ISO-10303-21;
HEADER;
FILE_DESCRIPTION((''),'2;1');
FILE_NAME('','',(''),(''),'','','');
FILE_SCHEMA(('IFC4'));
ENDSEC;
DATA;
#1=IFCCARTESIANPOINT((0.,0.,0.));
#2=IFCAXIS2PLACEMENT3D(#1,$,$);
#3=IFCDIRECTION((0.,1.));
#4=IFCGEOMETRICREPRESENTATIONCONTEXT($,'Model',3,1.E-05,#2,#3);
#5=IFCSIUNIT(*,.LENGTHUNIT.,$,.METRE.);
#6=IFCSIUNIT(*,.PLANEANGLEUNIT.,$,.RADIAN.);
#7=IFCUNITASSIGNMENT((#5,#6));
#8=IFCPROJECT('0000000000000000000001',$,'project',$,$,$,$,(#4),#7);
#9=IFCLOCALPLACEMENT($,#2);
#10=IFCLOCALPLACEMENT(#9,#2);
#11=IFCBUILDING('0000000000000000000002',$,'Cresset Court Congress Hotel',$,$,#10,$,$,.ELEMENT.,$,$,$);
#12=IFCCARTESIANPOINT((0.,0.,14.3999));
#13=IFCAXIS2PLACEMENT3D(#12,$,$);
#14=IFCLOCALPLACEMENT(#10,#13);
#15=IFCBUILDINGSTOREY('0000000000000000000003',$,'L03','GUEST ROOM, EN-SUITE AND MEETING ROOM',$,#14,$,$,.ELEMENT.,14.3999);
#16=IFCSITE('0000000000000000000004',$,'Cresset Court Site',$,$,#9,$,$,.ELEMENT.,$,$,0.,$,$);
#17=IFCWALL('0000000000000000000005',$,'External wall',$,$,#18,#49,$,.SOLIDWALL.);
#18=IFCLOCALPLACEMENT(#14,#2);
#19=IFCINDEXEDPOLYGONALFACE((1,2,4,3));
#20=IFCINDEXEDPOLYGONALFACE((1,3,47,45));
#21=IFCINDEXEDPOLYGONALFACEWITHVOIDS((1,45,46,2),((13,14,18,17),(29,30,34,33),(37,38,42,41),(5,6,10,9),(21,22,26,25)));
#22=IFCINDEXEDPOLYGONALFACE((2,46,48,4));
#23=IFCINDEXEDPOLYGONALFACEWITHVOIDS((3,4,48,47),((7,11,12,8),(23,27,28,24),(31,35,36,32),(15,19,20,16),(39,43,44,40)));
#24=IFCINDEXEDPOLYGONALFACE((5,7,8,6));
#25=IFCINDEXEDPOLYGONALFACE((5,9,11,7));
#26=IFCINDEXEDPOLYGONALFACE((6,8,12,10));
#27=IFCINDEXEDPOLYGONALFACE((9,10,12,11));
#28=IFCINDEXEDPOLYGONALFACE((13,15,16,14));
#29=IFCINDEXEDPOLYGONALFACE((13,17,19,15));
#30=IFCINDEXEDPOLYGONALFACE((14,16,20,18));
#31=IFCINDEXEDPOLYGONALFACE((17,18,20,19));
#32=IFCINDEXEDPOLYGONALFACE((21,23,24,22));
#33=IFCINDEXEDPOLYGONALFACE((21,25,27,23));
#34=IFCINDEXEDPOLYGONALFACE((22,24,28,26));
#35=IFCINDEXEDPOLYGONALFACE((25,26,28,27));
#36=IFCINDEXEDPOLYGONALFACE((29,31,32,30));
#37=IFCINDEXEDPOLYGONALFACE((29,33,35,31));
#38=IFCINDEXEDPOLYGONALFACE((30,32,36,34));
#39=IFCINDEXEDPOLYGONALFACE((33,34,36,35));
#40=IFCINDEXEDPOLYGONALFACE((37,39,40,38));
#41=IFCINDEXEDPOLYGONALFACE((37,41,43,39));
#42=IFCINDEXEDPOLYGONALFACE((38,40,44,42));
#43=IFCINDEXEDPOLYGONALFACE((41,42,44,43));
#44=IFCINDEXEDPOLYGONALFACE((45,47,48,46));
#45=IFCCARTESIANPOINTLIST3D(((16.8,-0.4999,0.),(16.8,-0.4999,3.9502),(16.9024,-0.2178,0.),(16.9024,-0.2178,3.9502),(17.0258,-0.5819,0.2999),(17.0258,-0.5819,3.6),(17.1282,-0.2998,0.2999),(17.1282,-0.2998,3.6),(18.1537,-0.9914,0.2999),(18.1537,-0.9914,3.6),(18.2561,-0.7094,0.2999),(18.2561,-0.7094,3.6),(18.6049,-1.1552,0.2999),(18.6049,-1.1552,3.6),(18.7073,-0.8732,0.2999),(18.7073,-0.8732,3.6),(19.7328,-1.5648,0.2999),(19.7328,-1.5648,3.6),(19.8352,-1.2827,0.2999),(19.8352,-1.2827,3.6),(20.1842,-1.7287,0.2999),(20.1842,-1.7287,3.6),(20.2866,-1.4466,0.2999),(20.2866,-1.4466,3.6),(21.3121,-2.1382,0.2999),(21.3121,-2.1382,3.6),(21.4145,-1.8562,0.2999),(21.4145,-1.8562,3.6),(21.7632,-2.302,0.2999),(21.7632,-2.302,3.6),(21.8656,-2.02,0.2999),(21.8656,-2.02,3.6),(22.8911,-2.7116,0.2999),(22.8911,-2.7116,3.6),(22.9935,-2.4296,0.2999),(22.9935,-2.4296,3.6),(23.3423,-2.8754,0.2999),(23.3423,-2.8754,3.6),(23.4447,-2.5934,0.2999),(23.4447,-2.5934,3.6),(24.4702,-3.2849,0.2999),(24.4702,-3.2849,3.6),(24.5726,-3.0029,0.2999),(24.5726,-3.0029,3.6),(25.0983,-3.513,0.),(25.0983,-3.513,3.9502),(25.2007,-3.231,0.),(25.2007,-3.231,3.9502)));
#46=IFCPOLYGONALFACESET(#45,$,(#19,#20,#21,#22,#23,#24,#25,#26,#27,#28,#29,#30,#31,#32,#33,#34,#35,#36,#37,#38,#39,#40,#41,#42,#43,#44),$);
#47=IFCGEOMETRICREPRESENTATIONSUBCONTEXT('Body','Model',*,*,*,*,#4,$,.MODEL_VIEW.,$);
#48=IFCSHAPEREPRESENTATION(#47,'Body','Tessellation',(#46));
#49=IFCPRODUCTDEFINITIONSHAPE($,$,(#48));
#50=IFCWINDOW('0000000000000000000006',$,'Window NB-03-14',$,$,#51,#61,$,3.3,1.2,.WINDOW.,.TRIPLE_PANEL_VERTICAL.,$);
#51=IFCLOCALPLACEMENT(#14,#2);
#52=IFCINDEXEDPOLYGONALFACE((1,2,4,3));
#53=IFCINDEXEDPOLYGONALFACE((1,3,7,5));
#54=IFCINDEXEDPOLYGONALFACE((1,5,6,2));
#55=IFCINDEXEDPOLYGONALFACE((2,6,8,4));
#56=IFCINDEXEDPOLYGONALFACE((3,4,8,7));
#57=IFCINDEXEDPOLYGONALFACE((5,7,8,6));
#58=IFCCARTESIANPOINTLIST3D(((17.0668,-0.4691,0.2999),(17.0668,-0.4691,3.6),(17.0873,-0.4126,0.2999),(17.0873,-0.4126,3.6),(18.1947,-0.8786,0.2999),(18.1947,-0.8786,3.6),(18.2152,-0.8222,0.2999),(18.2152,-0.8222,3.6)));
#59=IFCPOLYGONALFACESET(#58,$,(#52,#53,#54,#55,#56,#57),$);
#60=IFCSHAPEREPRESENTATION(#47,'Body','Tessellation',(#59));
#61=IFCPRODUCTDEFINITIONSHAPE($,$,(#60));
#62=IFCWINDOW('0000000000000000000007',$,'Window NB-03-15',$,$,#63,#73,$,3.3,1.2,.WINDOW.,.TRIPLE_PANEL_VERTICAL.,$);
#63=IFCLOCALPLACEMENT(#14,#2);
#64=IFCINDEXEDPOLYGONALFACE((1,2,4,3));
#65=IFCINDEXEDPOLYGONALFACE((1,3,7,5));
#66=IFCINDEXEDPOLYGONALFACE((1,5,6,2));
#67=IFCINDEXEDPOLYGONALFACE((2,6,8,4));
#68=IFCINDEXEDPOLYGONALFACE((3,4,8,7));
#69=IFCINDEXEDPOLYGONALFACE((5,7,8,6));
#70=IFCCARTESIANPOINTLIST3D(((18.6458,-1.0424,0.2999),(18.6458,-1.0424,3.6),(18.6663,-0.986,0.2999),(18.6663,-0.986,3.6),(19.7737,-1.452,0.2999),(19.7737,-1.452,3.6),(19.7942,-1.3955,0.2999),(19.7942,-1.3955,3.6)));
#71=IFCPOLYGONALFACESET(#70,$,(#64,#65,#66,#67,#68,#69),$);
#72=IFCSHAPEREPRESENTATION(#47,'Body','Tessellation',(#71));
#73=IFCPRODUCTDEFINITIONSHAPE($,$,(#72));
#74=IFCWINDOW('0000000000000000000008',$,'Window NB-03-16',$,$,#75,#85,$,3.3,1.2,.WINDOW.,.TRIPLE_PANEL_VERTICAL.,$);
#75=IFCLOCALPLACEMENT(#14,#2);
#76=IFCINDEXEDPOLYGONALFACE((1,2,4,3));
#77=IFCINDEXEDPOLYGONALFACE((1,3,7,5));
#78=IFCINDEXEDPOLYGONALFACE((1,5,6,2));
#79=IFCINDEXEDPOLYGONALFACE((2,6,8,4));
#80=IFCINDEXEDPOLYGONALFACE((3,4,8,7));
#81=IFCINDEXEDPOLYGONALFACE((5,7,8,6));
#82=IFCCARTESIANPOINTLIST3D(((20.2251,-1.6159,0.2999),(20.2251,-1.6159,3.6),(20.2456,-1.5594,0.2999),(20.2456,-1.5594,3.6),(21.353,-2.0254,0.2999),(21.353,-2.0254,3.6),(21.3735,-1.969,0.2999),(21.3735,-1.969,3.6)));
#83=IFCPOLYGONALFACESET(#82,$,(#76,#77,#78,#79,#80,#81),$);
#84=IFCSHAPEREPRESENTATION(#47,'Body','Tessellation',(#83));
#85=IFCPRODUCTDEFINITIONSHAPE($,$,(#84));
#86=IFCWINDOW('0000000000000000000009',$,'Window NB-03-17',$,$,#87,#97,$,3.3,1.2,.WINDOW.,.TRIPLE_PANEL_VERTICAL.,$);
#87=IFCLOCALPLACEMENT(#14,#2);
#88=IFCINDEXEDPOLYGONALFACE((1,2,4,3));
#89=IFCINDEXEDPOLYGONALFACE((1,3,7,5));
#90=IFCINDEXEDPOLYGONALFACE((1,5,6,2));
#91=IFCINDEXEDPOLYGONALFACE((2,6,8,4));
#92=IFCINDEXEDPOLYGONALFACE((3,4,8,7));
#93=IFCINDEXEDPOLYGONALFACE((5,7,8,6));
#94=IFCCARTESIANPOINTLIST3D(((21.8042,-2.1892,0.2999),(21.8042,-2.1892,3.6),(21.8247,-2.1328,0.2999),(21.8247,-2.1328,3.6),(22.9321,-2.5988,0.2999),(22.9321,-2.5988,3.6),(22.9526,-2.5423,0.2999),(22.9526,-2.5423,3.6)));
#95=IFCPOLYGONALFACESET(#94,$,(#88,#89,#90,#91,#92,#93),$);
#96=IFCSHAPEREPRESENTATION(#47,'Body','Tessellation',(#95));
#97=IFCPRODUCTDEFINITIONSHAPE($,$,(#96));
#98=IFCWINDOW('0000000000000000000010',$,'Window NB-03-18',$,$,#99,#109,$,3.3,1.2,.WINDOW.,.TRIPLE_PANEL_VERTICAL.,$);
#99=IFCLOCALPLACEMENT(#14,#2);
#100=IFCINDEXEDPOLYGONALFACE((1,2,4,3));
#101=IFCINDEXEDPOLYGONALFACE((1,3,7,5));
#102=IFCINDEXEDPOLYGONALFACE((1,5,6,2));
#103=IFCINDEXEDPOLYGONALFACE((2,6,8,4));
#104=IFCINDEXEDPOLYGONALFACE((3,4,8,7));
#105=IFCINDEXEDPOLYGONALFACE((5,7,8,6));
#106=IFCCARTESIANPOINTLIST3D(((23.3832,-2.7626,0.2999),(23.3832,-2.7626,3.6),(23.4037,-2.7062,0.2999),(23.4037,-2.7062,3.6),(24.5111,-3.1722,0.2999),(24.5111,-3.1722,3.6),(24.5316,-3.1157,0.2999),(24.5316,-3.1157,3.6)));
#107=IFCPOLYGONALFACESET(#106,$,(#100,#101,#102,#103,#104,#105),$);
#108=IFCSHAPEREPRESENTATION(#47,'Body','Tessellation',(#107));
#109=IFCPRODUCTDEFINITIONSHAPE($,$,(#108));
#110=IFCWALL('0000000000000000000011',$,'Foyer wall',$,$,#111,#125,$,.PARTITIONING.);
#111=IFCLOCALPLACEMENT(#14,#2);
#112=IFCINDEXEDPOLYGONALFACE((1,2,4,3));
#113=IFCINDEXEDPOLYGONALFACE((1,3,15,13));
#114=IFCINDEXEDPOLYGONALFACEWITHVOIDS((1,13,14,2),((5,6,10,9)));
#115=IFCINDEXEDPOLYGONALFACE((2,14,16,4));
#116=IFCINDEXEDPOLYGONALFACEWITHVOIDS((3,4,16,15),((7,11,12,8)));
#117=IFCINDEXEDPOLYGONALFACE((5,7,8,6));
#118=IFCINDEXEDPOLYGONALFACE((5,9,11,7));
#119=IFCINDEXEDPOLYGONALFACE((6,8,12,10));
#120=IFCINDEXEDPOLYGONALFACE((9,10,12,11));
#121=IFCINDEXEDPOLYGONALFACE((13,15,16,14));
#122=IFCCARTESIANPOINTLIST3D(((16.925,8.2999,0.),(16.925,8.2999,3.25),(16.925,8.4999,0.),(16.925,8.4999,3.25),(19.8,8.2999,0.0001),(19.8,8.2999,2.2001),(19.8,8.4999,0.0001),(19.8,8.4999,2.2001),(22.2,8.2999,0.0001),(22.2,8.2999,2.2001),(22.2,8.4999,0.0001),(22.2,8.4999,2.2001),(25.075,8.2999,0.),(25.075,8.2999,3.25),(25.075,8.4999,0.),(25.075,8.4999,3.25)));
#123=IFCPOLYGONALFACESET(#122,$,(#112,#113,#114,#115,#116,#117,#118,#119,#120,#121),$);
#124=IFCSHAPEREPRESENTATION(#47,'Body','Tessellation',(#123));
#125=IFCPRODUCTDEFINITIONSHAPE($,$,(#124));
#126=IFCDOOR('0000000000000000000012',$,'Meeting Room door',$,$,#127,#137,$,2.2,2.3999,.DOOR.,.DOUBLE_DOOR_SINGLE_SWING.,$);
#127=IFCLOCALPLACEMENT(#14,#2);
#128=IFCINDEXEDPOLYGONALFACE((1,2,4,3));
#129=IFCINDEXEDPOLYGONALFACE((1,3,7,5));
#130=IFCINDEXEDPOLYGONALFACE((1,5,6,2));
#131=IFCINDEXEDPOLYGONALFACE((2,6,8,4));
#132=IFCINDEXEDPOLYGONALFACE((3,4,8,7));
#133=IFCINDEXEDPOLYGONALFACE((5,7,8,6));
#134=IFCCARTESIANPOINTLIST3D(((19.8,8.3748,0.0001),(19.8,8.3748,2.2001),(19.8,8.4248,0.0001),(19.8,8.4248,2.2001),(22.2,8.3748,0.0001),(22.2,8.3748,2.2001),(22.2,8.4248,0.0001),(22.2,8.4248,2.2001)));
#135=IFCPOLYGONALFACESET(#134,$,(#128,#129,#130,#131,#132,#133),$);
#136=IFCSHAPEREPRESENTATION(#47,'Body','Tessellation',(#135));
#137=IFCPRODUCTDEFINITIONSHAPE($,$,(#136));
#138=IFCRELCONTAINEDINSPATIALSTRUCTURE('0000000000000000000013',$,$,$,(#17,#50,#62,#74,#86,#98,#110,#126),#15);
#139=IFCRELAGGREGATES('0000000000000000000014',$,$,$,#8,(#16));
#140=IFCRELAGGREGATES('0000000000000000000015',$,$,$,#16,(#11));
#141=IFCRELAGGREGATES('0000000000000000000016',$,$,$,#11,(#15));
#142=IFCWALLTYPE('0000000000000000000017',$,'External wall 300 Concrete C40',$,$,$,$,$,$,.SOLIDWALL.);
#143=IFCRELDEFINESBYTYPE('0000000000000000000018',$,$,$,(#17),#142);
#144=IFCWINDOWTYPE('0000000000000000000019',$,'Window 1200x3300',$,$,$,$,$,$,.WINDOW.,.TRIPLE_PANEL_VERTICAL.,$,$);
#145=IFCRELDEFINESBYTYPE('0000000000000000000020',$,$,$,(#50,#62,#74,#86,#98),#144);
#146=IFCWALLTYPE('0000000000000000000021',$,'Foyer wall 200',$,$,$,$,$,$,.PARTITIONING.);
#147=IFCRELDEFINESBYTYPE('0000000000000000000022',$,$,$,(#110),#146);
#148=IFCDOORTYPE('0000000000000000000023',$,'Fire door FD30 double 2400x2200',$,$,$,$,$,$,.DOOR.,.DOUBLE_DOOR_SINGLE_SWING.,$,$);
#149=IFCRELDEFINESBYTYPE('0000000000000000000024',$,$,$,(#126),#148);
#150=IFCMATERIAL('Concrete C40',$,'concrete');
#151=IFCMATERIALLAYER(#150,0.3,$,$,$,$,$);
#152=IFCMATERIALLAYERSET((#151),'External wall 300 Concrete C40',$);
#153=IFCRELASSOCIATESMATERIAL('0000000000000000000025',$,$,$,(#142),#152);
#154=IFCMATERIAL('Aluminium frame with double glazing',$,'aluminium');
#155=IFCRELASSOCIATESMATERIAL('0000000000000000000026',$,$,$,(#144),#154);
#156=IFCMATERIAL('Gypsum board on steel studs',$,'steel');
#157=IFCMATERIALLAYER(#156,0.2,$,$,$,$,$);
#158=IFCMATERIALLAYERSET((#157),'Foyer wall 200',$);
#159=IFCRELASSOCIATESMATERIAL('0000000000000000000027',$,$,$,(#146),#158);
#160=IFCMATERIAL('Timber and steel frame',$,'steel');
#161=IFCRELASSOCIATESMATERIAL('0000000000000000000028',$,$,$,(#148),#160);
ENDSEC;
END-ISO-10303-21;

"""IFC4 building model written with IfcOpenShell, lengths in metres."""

from ifc_helpers import new_model, si_unit, direction, frame, frame_2d, origin, place, context, subcontext, project, spatial, rectangle, extrude, material, layer, layer_set, type_object, element, fill, save


model = new_model("IFC4")

# Units and contexts
model_context = context("Model", 3, precision=1e-05, world=origin(), true_north=direction((0.0, 1.0)))
body_context = subcontext(model_context, "Body", "Model", "MODEL_VIEW")
ifc_project = project(units=[si_unit("LENGTHUNIT", "METRE"), si_unit("PLANEANGLEUNIT", "RADIAN")], contexts=[model_context])

# Site, building, storey
site_placement = place(None, origin())
site = spatial("IfcSite", under=ifc_project, at=site_placement, Name="Cresset Court Site", CompositionType="ELEMENT", RefElevation=0.0)
building_placement = place(site_placement, origin())
building = spatial("IfcBuilding", under=site, at=building_placement, Name="Cresset Court Congress Hotel", CompositionType="ELEMENT")
storey_placement = place(building_placement, frame((0.0, 0.0, 14.3999)))
storey = spatial("IfcBuildingStorey", under=building, at=storey_placement, Name="L03", Description="GUEST ROOM, EN-SUITE AND MEETING ROOM", CompositionType="ELEMENT", Elevation=14.3999)

# Wall, openings, windows
ifc_material_1 = material(Name="Concrete C40", Category="concrete")
ifc_layer_1 = layer(ifc_material_1, 0.3)
ifc_layer_set_1 = layer_set([ifc_layer_1], Name="External wall 300 Concrete C40")
wall_type_1 = type_object("IfcWallType", Name="External wall 300 Concrete C40", PredefinedType="SOLIDWALL", material=ifc_layer_set_1)
wall_1_placement = place(storey_placement, frame((16.8513, -0.3589, 0.0), z_axis=(0.0, 0.0, 1.0), x_axis=(0.939953, -0.341303, 0.0)))
wall_1 = element("IfcWall", 1, at=wall_1_placement, inside=storey, type_object=wall_type_1, Name="External wall", PredefinedType="SOLIDWALL", context=body_context, shape_type="SweptSolid", body=[
    extrude(rectangle(XDim=8.8284, YDim=0.3, at=frame_2d((4.4141, 0.0))), origin(), (0.0, 0.0, 1.0), 3.9502),
])
opening_1_placement = place(wall_1_placement, frame((0.24, 0.0, 0.3)))
opening_1 = element("IfcOpeningElement", 2, at=opening_1_placement, cuts=wall_1, PredefinedType="OPENING", context=body_context, shape_type="SweptSolid", body=[
    extrude(rectangle(XDim=1.2, YDim=3.3, at=frame_2d((0.6001, 1.6499))), frame((0.0, 0.1599, 0.0), z_axis=(0.0, -1.0, 0.0), x_axis=(1.0, 0.0, 0.0)), (0.0, 0.0, 1.0), 0.3201),
])
opening_2_placement = place(wall_1_placement, frame((1.9199, 0.0, 0.3)))
opening_2 = element("IfcOpeningElement", 3, at=opening_2_placement, cuts=wall_1, PredefinedType="OPENING", context=body_context, shape_type="SweptSolid", body=[
    extrude(rectangle(XDim=1.2, YDim=3.3, at=frame_2d((0.6001, 1.6499))), frame((0.0, 0.1599, 0.0), z_axis=(0.0, -1.0, 0.0), x_axis=(1.0, 0.0, 0.0)), (0.0, 0.0, 1.0), 0.3201),
])
opening_3_placement = place(wall_1_placement, frame((3.6001, 0.0, 0.3)))
opening_3 = element("IfcOpeningElement", 4, at=opening_3_placement, cuts=wall_1, PredefinedType="OPENING", context=body_context, shape_type="SweptSolid", body=[
    extrude(rectangle(XDim=1.2, YDim=3.3, at=frame_2d((0.6001, 1.6499))), frame((0.0, 0.1599, 0.0), z_axis=(0.0, -1.0, 0.0), x_axis=(1.0, 0.0, 0.0)), (0.0, 0.0, 1.0), 0.3201),
])
opening_4_placement = place(wall_1_placement, frame((5.28, 0.0, 0.3)))
opening_4 = element("IfcOpeningElement", 5, at=opening_4_placement, cuts=wall_1, PredefinedType="OPENING", context=body_context, shape_type="SweptSolid", body=[
    extrude(rectangle(XDim=1.2, YDim=3.3, at=frame_2d((0.6001, 1.6499))), frame((0.0, 0.1599, 0.0), z_axis=(0.0, -1.0, 0.0), x_axis=(1.0, 0.0, 0.0)), (0.0, 0.0, 1.0), 0.3201),
])
opening_5_placement = place(wall_1_placement, frame((6.96, 0.0, 0.3)))
opening_5 = element("IfcOpeningElement", 6, at=opening_5_placement, cuts=wall_1, PredefinedType="OPENING", context=body_context, shape_type="SweptSolid", body=[
    extrude(rectangle(XDim=1.2, YDim=3.3, at=frame_2d((0.6001, 1.6499))), frame((0.0, 0.1599, 0.0), z_axis=(0.0, -1.0, 0.0), x_axis=(1.0, 0.0, 0.0)), (0.0, 0.0, 1.0), 0.3201),
])
ifc_material_2 = material(Name="Aluminium frame with double glazing", Category="aluminium")
window_type = type_object("IfcWindowType", Name="Window 1200x3300", PartitioningType="TRIPLE_PANEL_VERTICAL", PredefinedType="WINDOW", material=ifc_material_2)
window_1_placement = place(opening_1_placement, origin())
window_1 = element("IfcWindow", 7, at=window_1_placement, inside=storey, type_object=window_type, Name="Window NB-03-14", OverallHeight=3.3, OverallWidth=1.2, PartitioningType="TRIPLE_PANEL_VERTICAL", PredefinedType="WINDOW", context=body_context, shape_type="SweptSolid", body=[
    extrude(rectangle(XDim=1.2, YDim=3.3, at=frame_2d((0.6001, 1.6499))), frame((0.0, 0.03, 0.0), z_axis=(0.0, -1.0, 0.0), x_axis=(1.0, 0.0, 0.0)), (0.0, 0.0, 1.0), 0.0601),
])
fill(opening_1, window_1)
window_2_placement = place(opening_2_placement, origin())
window_2 = element("IfcWindow", 8, at=window_2_placement, inside=storey, type_object=window_type, Name="Window NB-03-15", OverallHeight=3.3, OverallWidth=1.2, PartitioningType="TRIPLE_PANEL_VERTICAL", PredefinedType="WINDOW", context=body_context, shape_type="SweptSolid", body=[
    extrude(rectangle(XDim=1.2, YDim=3.3, at=frame_2d((0.6001, 1.6499))), frame((0.0, 0.03, 0.0), z_axis=(0.0, -1.0, 0.0), x_axis=(1.0, 0.0, 0.0)), (0.0, 0.0, 1.0), 0.0601),
])
fill(opening_2, window_2)
window_3_placement = place(opening_3_placement, origin())
window_3 = element("IfcWindow", 9, at=window_3_placement, inside=storey, type_object=window_type, Name="Window NB-03-16", OverallHeight=3.3, OverallWidth=1.2, PartitioningType="TRIPLE_PANEL_VERTICAL", PredefinedType="WINDOW", context=body_context, shape_type="SweptSolid", body=[
    extrude(rectangle(XDim=1.2, YDim=3.3, at=frame_2d((0.6001, 1.6499))), frame((0.0, 0.03, 0.0), z_axis=(0.0, -1.0, 0.0), x_axis=(1.0, 0.0, 0.0)), (0.0, 0.0, 1.0), 0.0601),
])
fill(opening_3, window_3)
window_4_placement = place(opening_4_placement, origin())
window_4 = element("IfcWindow", 10, at=window_4_placement, inside=storey, type_object=window_type, Name="Window NB-03-17", OverallHeight=3.3, OverallWidth=1.2, PartitioningType="TRIPLE_PANEL_VERTICAL", PredefinedType="WINDOW", context=body_context, shape_type="SweptSolid", body=[
    extrude(rectangle(XDim=1.2, YDim=3.3, at=frame_2d((0.6001, 1.6499))), frame((0.0, 0.03, 0.0), z_axis=(0.0, -1.0, 0.0), x_axis=(1.0, 0.0, 0.0)), (0.0, 0.0, 1.0), 0.0601),
])
fill(opening_4, window_4)
window_5_placement = place(opening_5_placement, origin())
window_5 = element("IfcWindow", 11, at=window_5_placement, inside=storey, type_object=window_type, Name="Window NB-03-18", OverallHeight=3.3, OverallWidth=1.2, PartitioningType="TRIPLE_PANEL_VERTICAL", PredefinedType="WINDOW", context=body_context, shape_type="SweptSolid", body=[
    extrude(rectangle(XDim=1.2, YDim=3.3, at=frame_2d((0.6001, 1.6499))), frame((0.0, 0.03, 0.0), z_axis=(0.0, -1.0, 0.0), x_axis=(1.0, 0.0, 0.0)), (0.0, 0.0, 1.0), 0.0601),
])
fill(opening_5, window_5)

# Wall, opening, door
ifc_material_3 = material(Name="Gypsum board on steel studs", Category="steel")
ifc_layer_2 = layer(ifc_material_3, 0.2)
ifc_layer_set_2 = layer_set([ifc_layer_2], Name="Foyer wall 200")
wall_type_2 = type_object("IfcWallType", Name="Foyer wall 200", PredefinedType="PARTITIONING", material=ifc_layer_set_2)
wall_2_placement = place(storey_placement, frame((16.925, 8.3999, 0.0), z_axis=(0.0, 0.0, 1.0), x_axis=(1.0, 0.0, 0.0)))
wall_2 = element("IfcWall", 12, at=wall_2_placement, inside=storey, type_object=wall_type_2, Name="Foyer wall", PredefinedType="PARTITIONING", context=body_context, shape_type="SweptSolid", body=[
    extrude(rectangle(XDim=8.1499, YDim=0.2, at=frame_2d((4.075, 0.0))), origin(), (0.0, 0.0, 1.0), 3.25),
])
opening_6_placement = place(wall_2_placement, frame((2.875, 0.0, 0.0)))
opening_6 = element("IfcOpeningElement", 13, at=opening_6_placement, cuts=wall_2, PredefinedType="OPENING", context=body_context, shape_type="SweptSolid", body=[
    extrude(rectangle(XDim=2.3999, YDim=2.2, at=frame_2d((1.2, 1.1001))), frame((0.0, 0.1099, 0.0), z_axis=(0.0, -1.0, 0.0), x_axis=(1.0, 0.0, 0.0)), (0.0, 0.0, 1.0), 0.22),
])
ifc_material_4 = material(Name="Timber and steel frame", Category="steel")
door_type_1 = type_object("IfcDoorType", Name="Fire door FD30 double 2400x2200", OperationType="DOUBLE_DOOR_SINGLE_SWING", PredefinedType="DOOR", material=ifc_material_4)
door_1_placement = place(opening_6_placement, origin())
door_1 = element("IfcDoor", 14, at=door_1_placement, inside=storey, type_object=door_type_1, Name="Meeting Room door", OperationType="DOUBLE_DOOR_SINGLE_SWING", OverallHeight=2.2, OverallWidth=2.3999, PredefinedType="DOOR", context=body_context, shape_type="SweptSolid", body=[
    extrude(rectangle(XDim=2.3999, YDim=2.2, at=frame_2d((1.2, 1.1001))), frame((0.0, 0.0249, 0.0), z_axis=(0.0, -1.0, 0.0), x_axis=(1.0, 0.0, 0.0)), (0.0, 0.0, 1.0), 0.05),
])
fill(opening_6, door_1)

save(model, "model.ifc")
